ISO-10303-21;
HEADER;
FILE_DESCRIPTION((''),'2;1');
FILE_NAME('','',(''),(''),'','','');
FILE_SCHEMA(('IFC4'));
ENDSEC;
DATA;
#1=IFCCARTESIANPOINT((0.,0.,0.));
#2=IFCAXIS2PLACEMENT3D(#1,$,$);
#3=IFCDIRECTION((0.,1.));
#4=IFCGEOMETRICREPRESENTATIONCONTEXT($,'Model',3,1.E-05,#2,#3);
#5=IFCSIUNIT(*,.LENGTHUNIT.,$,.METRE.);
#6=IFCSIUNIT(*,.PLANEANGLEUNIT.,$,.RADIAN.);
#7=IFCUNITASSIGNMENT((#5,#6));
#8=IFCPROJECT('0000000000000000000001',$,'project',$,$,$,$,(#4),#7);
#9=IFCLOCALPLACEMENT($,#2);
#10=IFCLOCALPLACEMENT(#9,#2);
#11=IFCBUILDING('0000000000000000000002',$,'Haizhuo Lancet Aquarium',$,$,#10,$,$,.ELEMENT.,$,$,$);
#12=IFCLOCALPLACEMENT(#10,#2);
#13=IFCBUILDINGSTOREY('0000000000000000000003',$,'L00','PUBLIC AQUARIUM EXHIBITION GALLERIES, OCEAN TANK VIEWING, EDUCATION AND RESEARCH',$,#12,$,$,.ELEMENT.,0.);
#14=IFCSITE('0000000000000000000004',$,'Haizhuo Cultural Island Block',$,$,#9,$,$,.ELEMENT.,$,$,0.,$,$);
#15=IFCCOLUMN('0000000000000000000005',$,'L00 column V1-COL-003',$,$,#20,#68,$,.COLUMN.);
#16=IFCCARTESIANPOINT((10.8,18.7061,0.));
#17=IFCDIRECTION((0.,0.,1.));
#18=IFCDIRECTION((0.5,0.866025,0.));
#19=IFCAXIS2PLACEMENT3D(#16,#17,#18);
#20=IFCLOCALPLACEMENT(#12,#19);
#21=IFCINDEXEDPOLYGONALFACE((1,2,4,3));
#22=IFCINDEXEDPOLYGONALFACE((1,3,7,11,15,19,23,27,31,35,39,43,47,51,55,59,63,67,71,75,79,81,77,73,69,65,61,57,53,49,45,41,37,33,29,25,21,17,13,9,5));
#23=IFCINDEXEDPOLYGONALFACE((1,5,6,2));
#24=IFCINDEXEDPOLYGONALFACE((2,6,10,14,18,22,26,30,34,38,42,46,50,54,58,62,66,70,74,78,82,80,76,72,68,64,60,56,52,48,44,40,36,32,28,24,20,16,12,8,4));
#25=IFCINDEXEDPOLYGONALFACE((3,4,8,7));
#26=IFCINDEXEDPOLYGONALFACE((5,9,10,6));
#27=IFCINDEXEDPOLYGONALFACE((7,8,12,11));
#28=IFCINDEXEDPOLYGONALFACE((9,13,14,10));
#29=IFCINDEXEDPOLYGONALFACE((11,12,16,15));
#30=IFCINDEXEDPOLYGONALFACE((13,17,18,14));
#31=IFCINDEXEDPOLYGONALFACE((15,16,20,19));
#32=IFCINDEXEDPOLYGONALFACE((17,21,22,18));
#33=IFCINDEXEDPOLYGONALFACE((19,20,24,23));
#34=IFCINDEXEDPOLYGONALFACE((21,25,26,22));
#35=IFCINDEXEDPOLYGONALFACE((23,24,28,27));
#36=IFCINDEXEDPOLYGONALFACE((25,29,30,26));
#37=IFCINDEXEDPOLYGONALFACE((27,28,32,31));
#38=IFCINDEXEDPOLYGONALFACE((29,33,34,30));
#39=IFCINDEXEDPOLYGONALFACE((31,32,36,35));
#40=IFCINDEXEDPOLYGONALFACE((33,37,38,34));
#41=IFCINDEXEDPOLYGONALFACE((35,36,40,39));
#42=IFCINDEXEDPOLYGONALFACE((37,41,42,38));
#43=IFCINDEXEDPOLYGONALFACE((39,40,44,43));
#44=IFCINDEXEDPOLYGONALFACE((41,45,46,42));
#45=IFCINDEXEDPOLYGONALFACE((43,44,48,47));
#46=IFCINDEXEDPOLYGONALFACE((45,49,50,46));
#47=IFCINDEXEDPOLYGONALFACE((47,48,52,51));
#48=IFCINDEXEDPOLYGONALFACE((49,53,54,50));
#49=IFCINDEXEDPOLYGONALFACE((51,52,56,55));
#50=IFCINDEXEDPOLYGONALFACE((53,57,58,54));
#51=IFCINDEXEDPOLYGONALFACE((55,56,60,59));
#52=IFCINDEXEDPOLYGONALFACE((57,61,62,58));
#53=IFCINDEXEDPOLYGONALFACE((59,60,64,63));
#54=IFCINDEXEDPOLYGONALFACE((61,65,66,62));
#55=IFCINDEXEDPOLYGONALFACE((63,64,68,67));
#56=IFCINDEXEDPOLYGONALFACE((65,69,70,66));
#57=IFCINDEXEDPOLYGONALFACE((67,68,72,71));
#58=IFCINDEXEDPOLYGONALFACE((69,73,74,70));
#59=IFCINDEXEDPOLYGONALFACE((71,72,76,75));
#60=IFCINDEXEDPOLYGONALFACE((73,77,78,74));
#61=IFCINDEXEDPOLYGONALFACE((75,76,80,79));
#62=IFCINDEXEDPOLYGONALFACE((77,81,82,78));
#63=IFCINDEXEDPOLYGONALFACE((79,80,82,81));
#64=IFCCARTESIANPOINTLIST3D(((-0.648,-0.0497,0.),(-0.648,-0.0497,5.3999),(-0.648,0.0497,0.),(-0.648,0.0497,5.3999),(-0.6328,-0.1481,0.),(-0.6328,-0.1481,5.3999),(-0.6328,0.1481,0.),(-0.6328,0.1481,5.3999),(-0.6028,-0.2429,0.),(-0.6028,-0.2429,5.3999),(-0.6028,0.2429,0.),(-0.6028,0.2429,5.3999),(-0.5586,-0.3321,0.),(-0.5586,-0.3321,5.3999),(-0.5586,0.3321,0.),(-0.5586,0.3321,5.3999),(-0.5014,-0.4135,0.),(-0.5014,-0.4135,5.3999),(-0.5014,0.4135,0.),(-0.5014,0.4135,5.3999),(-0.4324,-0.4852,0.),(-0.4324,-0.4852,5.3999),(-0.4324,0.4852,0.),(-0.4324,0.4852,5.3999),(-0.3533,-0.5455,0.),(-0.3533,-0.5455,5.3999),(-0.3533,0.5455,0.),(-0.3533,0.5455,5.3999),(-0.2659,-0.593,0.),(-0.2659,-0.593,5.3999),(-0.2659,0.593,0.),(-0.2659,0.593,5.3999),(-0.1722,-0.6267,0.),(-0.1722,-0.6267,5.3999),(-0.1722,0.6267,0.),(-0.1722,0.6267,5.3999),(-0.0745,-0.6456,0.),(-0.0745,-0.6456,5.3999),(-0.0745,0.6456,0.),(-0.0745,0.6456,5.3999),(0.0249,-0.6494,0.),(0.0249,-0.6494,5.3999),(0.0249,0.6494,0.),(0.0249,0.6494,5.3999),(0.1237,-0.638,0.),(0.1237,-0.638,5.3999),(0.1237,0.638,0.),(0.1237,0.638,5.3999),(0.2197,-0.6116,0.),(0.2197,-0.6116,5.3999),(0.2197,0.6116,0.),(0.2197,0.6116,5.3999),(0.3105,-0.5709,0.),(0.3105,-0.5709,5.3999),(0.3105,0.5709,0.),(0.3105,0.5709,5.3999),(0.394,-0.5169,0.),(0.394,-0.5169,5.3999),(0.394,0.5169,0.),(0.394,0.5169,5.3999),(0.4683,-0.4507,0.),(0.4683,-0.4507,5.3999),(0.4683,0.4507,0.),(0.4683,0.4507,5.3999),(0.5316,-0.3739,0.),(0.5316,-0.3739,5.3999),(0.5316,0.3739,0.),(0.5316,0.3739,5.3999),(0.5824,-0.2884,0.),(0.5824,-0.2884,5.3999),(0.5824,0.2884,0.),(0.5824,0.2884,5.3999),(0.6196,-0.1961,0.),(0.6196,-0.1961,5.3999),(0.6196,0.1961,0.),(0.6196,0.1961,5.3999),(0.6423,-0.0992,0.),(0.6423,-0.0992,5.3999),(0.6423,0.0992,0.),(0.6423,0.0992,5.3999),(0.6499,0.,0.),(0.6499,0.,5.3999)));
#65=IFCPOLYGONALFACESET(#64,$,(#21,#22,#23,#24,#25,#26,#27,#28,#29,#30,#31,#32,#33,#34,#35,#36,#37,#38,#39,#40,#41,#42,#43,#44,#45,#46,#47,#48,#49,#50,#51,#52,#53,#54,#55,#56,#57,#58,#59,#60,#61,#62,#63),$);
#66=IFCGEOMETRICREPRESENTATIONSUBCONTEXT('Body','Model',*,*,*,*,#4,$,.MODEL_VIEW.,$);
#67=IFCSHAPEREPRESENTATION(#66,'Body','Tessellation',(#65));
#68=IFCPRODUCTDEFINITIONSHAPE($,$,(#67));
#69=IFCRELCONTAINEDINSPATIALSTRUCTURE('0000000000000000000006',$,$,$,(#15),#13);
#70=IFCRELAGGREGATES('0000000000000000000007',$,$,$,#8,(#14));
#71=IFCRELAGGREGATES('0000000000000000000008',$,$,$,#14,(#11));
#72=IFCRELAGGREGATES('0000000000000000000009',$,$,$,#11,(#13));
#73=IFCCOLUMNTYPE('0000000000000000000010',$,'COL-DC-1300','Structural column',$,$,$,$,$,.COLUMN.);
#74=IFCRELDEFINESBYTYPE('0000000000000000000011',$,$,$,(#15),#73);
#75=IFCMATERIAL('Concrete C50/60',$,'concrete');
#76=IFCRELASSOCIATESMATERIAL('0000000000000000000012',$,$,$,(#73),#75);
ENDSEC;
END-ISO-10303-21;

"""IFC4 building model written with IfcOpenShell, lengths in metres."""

from ifc_helpers import new_model, si_unit, direction, frame, origin, origin_2d, place, context, subcontext, project, spatial, circle, extrude, material, material_profile, profile_set, type_object, element, save


model = new_model("IFC4")

# Units and contexts
model_context = context("Model", 3, precision=1e-05, world=origin(), true_north=direction((0.0, 1.0)))
body_context = subcontext(model_context, "Body", "Model", "MODEL_VIEW")
ifc_project = project(units=[si_unit("LENGTHUNIT", "METRE"), si_unit("PLANEANGLEUNIT", "RADIAN")], contexts=[model_context])

# Site, building, storey
site_placement = place(None, origin())
site = spatial("IfcSite", under=ifc_project, at=site_placement, Name="Haizhuo Cultural Island Block", CompositionType="ELEMENT", RefElevation=0.0)
building_placement = place(site_placement, origin())
building = spatial("IfcBuilding", under=site, at=building_placement, Name="Haizhuo Lancet Aquarium", CompositionType="ELEMENT")
storey_placement = place(building_placement, origin())
storey = spatial("IfcBuildingStorey", under=building, at=storey_placement, Name="L00", Description="PUBLIC AQUARIUM EXHIBITION GALLERIES, OCEAN TANK VIEWING, EDUCATION AND RESEARCH", CompositionType="ELEMENT", Elevation=0.0)

# Column
ifc_material_1 = material(Name="Concrete C50/60", Category="concrete")
ifc_material_profile_1 = material_profile(ifc_material_1, circle(Radius=0.6499, at=origin_2d()), Name="RC-DC 1300")
ifc_profile_set_1 = profile_set([ifc_material_profile_1], Name="Concrete C50/60")
column_type_1 = type_object("IfcColumnType", Name="COL-DC-1300", Description="Structural column", PredefinedType="COLUMN", material=ifc_profile_set_1)
column_1_placement = place(storey_placement, frame((10.8, 18.7061, 0.0), z_axis=(0.0, 0.0, 1.0), x_axis=(0.5, 0.866025, 0.0)))
element("IfcColumn", 1, at=column_1_placement, inside=storey, type_object=column_type_1, Name="L00 column V1-COL-003", PredefinedType="COLUMN", context=body_context, shape_type="SweptSolid", body=[
    extrude(circle(Radius=0.6499, at=origin_2d()), origin(), (0.0, 0.0, 1.0), 5.3999),
])

save(model, "model.ifc")
